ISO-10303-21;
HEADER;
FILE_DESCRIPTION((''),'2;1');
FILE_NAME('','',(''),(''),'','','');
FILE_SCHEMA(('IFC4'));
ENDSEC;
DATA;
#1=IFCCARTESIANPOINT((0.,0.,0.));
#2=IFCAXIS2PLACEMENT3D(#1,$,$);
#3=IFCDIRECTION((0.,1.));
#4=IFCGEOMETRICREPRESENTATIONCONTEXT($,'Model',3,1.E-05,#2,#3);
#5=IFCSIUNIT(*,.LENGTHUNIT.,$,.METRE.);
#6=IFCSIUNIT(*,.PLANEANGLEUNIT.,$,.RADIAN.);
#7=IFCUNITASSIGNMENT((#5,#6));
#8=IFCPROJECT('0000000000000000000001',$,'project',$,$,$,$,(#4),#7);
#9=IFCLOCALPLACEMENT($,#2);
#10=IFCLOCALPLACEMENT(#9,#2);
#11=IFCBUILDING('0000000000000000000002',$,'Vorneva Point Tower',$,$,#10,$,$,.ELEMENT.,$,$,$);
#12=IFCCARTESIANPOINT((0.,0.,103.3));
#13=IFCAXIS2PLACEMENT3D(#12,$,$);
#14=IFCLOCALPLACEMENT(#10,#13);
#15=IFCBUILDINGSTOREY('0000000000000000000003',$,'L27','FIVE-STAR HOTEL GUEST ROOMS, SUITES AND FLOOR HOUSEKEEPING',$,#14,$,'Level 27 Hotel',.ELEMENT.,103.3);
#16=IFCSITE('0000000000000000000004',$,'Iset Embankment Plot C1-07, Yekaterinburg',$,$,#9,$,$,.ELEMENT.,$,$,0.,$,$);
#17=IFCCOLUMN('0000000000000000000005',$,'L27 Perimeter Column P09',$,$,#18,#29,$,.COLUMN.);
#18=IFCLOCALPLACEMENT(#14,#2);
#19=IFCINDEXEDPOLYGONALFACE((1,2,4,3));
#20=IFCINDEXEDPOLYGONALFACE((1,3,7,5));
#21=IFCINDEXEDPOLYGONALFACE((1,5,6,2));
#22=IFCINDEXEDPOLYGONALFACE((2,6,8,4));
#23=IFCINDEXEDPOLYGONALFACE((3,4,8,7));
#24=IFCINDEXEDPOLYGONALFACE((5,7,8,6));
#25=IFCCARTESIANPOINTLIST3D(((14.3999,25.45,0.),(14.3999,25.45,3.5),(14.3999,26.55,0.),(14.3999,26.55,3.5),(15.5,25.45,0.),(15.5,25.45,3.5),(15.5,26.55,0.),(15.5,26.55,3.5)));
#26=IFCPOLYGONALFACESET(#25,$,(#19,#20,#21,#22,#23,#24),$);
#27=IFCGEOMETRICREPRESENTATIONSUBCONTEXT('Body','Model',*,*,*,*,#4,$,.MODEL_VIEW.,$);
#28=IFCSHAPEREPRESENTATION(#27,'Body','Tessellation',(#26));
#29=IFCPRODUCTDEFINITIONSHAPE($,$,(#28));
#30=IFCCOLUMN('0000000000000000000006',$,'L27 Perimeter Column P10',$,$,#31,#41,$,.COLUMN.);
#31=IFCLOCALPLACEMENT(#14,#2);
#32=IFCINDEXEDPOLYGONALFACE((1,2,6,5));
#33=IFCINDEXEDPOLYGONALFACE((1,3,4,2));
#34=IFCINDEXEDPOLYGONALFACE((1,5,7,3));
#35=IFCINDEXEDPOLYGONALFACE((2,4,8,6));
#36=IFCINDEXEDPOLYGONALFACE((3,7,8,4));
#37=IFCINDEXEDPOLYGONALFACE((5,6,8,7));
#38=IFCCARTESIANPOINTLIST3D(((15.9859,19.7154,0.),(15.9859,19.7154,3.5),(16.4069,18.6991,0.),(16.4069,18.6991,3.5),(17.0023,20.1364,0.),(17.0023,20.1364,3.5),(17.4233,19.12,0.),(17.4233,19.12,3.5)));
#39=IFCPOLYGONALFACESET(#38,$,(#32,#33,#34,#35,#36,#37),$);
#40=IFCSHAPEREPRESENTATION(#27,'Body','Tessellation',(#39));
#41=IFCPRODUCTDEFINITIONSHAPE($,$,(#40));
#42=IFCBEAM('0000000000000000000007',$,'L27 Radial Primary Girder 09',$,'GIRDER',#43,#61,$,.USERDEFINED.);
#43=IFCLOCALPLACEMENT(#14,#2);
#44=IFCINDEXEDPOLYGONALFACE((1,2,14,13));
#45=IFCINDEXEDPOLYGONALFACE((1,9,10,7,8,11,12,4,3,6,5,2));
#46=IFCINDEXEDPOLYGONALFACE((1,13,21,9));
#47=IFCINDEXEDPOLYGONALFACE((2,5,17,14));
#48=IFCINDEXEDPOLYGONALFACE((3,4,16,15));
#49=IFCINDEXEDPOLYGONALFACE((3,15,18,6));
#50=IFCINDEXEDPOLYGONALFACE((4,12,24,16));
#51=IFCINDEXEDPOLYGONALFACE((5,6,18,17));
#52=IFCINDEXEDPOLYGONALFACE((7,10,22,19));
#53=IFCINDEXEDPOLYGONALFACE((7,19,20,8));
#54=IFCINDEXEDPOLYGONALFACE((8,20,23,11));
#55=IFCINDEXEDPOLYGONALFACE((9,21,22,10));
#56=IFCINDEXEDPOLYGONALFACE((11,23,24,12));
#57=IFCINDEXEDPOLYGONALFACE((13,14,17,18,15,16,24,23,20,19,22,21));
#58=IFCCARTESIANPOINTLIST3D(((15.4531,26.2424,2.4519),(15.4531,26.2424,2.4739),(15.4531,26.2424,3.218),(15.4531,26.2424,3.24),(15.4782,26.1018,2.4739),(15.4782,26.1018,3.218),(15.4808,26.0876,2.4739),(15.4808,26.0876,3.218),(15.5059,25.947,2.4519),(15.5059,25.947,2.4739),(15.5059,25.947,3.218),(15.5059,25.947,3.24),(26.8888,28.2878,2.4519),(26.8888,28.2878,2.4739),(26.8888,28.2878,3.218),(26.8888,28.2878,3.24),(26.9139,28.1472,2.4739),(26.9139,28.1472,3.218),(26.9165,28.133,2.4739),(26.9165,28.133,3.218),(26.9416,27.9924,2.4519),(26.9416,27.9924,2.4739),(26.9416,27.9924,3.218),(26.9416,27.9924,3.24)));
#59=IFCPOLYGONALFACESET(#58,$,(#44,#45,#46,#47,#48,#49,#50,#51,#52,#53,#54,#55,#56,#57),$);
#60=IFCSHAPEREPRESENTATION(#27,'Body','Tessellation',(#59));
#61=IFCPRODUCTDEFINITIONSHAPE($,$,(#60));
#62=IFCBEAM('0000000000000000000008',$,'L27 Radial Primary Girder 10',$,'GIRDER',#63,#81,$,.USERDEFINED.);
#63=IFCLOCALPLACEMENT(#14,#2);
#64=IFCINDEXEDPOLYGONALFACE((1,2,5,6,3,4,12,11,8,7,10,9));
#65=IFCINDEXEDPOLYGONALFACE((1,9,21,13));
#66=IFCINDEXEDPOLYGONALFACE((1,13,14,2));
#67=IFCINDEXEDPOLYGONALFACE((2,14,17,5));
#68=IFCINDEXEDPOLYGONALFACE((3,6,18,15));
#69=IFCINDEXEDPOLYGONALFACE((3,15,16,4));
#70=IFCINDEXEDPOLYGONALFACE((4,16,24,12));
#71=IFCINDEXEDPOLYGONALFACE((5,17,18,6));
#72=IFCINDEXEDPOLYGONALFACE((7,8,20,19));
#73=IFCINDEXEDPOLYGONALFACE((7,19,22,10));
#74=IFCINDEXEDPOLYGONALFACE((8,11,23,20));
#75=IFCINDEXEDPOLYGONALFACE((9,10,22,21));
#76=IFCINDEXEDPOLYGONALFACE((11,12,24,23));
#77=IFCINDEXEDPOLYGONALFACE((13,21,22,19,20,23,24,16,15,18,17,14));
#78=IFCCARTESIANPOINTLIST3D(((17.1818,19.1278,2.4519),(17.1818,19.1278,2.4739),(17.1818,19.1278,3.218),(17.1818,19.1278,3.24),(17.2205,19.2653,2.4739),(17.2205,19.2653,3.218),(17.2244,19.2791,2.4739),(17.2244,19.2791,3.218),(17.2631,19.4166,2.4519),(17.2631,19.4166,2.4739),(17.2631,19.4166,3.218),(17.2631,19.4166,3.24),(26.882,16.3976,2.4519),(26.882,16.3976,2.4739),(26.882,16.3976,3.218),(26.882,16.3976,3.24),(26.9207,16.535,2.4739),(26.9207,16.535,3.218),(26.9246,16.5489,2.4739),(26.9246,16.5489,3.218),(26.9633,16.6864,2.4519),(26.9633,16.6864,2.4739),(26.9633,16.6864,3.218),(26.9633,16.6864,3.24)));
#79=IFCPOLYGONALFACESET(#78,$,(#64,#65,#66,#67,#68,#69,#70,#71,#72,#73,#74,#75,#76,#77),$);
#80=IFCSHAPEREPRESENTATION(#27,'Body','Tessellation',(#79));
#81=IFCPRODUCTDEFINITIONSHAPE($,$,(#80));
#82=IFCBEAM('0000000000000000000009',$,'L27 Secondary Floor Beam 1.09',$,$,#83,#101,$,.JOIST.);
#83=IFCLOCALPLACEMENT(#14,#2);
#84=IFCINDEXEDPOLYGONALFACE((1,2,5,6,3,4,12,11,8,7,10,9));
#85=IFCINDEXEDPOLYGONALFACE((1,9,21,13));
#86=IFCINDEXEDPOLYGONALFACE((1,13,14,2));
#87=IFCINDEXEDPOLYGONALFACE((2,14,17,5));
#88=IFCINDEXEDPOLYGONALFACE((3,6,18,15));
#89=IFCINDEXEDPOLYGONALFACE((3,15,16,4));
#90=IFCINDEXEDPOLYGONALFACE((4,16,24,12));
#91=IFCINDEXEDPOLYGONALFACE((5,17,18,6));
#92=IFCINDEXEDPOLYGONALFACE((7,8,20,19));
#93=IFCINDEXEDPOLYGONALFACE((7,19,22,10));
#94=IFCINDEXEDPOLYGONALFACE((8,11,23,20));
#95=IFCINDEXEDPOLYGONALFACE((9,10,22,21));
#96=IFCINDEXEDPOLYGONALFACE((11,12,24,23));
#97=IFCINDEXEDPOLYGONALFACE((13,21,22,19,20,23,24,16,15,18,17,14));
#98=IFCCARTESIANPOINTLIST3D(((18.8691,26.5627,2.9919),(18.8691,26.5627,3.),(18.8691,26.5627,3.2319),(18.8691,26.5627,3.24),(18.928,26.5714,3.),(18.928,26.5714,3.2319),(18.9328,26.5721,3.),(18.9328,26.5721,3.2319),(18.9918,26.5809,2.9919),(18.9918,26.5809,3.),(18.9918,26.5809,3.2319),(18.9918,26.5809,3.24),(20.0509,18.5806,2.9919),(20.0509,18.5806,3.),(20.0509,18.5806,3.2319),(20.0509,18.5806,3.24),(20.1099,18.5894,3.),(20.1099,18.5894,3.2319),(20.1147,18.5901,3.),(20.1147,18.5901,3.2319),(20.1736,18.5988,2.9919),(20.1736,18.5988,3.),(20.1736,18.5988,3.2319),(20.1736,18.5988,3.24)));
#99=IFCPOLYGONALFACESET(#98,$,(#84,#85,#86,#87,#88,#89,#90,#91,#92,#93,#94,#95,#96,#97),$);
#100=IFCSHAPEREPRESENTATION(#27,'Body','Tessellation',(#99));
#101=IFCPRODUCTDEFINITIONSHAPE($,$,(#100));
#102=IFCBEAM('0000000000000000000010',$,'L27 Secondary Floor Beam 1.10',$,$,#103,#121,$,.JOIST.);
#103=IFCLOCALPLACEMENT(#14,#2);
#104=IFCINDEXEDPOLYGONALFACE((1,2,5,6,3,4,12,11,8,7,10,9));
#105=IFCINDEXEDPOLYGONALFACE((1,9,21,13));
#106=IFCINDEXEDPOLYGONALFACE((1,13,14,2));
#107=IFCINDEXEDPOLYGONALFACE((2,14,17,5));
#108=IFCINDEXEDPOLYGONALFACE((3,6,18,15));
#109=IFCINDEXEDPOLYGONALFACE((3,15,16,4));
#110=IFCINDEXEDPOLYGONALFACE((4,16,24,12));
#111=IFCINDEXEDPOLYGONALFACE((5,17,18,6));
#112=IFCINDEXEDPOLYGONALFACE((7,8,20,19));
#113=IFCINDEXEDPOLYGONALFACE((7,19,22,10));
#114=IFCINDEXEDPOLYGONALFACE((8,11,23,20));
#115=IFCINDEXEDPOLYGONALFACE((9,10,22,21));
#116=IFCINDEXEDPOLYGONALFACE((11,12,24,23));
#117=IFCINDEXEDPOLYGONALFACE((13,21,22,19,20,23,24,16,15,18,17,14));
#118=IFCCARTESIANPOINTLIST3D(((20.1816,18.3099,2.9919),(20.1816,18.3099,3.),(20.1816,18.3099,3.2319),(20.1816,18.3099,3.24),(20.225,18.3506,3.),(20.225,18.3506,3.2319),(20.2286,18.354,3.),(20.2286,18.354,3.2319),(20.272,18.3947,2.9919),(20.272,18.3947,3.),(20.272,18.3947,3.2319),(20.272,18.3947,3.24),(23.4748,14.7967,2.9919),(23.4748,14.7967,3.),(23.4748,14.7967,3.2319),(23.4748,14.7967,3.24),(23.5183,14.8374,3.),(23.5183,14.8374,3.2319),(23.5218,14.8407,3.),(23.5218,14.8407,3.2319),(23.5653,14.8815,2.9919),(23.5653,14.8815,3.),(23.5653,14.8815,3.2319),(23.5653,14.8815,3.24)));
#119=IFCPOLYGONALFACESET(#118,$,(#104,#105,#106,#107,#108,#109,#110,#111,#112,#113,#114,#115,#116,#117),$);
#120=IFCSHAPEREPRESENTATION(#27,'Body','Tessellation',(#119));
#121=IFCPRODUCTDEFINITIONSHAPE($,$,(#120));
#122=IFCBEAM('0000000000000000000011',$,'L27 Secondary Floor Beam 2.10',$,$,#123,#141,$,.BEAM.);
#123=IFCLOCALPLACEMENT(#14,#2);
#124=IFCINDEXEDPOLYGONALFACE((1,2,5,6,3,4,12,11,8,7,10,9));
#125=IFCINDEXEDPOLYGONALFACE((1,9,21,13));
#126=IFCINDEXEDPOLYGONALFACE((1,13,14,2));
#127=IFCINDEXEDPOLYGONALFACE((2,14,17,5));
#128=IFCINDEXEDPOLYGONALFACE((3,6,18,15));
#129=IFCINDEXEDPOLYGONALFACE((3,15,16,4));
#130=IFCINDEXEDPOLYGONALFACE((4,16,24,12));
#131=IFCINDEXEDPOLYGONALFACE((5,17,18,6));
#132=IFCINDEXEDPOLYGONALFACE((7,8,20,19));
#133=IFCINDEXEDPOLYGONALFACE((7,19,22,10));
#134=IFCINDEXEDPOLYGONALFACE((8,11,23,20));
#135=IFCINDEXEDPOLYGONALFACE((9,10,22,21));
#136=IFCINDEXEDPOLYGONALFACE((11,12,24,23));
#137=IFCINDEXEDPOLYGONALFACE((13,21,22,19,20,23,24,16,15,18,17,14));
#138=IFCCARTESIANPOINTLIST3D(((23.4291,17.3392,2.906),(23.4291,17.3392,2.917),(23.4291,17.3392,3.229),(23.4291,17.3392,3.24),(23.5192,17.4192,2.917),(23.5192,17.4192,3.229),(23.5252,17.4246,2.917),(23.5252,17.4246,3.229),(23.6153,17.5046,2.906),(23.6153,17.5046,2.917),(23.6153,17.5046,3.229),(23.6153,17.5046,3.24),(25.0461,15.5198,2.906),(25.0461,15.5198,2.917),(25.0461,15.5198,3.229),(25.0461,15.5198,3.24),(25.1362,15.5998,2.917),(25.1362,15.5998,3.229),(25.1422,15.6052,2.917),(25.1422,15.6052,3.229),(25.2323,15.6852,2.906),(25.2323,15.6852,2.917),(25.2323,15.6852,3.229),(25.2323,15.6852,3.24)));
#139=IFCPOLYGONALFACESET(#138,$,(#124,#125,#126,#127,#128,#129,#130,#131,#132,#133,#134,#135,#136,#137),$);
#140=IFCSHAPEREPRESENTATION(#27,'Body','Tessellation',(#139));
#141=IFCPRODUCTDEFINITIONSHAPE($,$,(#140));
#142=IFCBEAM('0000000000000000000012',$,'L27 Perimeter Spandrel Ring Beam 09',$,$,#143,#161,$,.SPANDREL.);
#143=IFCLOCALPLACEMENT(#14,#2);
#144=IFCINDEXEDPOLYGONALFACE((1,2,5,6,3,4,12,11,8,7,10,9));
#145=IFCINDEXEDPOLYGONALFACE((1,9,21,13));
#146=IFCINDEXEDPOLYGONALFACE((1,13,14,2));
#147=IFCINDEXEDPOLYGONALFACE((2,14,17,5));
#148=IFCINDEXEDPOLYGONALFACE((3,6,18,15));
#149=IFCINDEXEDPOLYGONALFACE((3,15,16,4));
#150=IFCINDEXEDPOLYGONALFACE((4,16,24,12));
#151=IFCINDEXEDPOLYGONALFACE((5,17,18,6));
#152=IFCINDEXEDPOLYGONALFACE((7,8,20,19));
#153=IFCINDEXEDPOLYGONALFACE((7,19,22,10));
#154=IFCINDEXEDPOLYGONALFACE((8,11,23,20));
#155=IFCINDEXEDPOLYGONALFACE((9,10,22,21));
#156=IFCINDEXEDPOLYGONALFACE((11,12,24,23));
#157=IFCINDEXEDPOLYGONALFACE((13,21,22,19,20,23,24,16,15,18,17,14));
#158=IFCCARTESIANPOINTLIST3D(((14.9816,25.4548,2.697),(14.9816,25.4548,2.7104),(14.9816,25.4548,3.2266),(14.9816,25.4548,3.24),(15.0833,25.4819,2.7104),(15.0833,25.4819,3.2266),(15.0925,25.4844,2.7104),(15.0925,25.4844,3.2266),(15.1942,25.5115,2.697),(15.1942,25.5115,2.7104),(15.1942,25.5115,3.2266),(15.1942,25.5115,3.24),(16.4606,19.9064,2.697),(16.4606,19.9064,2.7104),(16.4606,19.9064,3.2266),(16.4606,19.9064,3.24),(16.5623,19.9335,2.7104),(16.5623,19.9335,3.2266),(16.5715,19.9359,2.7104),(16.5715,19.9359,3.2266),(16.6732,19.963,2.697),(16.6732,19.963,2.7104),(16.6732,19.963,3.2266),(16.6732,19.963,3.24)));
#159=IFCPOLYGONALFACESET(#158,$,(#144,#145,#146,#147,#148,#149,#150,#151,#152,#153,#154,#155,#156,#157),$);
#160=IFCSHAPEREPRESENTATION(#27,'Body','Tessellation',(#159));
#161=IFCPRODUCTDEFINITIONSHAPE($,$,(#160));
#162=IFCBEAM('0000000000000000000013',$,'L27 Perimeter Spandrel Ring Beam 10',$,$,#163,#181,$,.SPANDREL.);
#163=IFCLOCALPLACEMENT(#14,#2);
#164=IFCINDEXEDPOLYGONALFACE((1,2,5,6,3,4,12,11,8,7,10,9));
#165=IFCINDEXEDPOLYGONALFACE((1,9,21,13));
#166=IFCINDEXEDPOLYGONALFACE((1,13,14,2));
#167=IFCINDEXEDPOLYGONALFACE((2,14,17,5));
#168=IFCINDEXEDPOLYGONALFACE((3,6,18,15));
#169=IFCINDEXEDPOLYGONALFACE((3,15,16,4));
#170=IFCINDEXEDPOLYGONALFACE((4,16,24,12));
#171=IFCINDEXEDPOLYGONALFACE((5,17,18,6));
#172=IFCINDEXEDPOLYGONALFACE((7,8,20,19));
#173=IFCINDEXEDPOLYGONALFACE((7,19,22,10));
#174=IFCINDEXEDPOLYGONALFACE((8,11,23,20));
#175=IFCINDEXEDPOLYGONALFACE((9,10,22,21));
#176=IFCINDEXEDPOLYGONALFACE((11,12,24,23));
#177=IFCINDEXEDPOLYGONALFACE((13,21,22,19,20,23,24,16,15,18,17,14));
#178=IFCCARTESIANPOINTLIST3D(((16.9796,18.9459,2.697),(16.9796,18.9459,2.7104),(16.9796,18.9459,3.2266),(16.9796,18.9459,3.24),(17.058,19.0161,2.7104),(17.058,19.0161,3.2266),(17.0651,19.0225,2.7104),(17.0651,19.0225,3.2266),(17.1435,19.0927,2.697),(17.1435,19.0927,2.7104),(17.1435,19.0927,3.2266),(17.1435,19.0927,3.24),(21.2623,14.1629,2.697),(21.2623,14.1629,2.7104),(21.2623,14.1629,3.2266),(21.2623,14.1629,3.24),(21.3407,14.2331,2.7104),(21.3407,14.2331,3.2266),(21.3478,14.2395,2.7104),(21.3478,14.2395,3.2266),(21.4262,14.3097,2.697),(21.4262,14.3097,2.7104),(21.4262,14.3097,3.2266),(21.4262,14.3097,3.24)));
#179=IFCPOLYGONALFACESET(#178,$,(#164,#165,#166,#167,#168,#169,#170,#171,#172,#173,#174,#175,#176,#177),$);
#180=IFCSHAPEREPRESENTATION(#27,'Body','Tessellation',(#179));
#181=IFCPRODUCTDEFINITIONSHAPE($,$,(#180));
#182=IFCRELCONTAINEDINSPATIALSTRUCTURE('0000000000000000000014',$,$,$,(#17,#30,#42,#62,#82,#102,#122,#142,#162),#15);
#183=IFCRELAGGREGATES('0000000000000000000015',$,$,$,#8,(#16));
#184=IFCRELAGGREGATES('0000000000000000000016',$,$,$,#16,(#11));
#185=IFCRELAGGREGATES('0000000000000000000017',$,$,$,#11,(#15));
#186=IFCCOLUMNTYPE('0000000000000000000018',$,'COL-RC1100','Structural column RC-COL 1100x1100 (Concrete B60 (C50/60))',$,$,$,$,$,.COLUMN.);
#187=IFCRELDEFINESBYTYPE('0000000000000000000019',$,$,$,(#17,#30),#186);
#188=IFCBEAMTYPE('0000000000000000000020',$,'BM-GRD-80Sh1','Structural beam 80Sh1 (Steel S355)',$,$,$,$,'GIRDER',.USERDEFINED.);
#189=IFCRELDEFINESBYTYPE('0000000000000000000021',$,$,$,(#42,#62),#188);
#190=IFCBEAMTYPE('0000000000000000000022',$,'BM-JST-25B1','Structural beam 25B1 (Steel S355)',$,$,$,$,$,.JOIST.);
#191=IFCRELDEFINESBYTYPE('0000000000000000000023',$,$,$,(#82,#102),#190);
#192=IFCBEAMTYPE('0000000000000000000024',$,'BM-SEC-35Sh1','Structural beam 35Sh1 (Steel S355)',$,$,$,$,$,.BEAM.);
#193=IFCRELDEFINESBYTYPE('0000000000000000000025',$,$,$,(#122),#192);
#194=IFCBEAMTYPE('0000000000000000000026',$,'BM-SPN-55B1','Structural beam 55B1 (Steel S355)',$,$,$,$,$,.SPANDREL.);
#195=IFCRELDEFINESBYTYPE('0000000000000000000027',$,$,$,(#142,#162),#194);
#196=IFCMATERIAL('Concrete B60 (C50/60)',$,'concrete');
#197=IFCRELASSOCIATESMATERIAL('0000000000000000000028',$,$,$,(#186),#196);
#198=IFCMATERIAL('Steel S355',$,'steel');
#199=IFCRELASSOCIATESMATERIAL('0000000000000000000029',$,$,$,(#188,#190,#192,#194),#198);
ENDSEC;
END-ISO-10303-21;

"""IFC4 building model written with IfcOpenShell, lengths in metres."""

from ifc_helpers import new_model, si_unit, direction, frame, origin, origin_2d, place, context, subcontext, project, spatial, rectangle, i_section, extrude, material, material_profile, profile_set, type_object, element, save


model = new_model("IFC4")

# Units and contexts
model_context = context("Model", 3, precision=1e-05, world=origin(), true_north=direction((0.0, 1.0)))
body_context = subcontext(model_context, "Body", "Model", "MODEL_VIEW")
ifc_project = project(units=[si_unit("LENGTHUNIT", "METRE"), si_unit("PLANEANGLEUNIT", "RADIAN")], contexts=[model_context])

# Site, building, storey
site_placement = place(None, origin())
site = spatial("IfcSite", under=ifc_project, at=site_placement, Name="Iset Embankment Plot C1-07, Yekaterinburg", CompositionType="ELEMENT", RefElevation=0.0)
building_placement = place(site_placement, origin())
building = spatial("IfcBuilding", under=site, at=building_placement, Name="Vorneva Point Tower", CompositionType="ELEMENT")
storey_placement = place(building_placement, frame((0.0, 0.0, 103.3)))
storey = spatial("IfcBuildingStorey", under=building, at=storey_placement, Name="L27", Description="FIVE-STAR HOTEL GUEST ROOMS, SUITES AND FLOOR HOUSEKEEPING", LongName="Level 27 Hotel", CompositionType="ELEMENT", Elevation=103.3)

# Columns
ifc_material_1 = material(Name="Concrete B60 (C50/60)", Category="concrete")
ifc_material_profile_1 = material_profile(ifc_material_1, rectangle(XDim=1.1001, YDim=1.1001, at=origin_2d()), Name="RC-COL 1100x1100")
ifc_profile_set_1 = profile_set([ifc_material_profile_1], Name="Concrete B60 (C50/60)")
column_type = type_object("IfcColumnType", Name="COL-RC1100", Description="Structural column RC-COL 1100x1100 (Concrete B60 (C50/60))", PredefinedType="COLUMN", material=ifc_profile_set_1)
for number, where, z_axis, x_axis, name in (
    (1, (14.95, 26.0, 0.0), (0.0, 0.0, 1.0), (-1.0, 0.0, 0.0), "L27 Perimeter Column P09"),
    (2, (16.7046, 19.4177, 0.0), (0.0, 0.0, 1.0), (-0.92388, -0.382683, 0.0), "L27 Perimeter Column P10"),
):
    element("IfcColumn", number, at=place(storey_placement, frame(where, z_axis=z_axis, x_axis=x_axis)), inside=storey, type_object=column_type, Name=name, PredefinedType="COLUMN", context=body_context, shape_type="SweptSolid", body=[
        extrude(rectangle(XDim=1.1001, YDim=1.1001, at=origin_2d()), origin(), (0.0, 0.0, 1.0), 3.5),
    ])

# Beams
ifc_material_2 = material(Name="Steel S355", Category="steel")
ifc_material_profile_2 = material_profile(ifc_material_2, i_section(OverallWidth=0.3, OverallDepth=0.7881, WebThickness=0.0144, FlangeThickness=0.022, at=origin_2d()), Name="80Sh1")
ifc_profile_set_2 = profile_set([ifc_material_profile_2], Name="Steel S355")
beam_type_1 = type_object("IfcBeamType", Name="BM-GRD-80Sh1", Description="Structural beam 80Sh1 (Steel S355)", ElementType="GIRDER", PredefinedType="USERDEFINED", material=ifc_profile_set_2)
beam_1_placement = place(storey_placement, frame((15.4795, 26.0947, 2.8459), z_axis=(0.984378, 0.176066, 0.0), x_axis=(-0.176066, 0.984378, 0.0)))
element("IfcBeam", 3, at=beam_1_placement, inside=storey, type_object=beam_type_1, Name="L27 Radial Primary Girder 09", ObjectType="GIRDER", PredefinedType="USERDEFINED", context=body_context, shape_type="SweptSolid", body=[
    extrude(i_section(OverallWidth=0.3, OverallDepth=0.7881, WebThickness=0.0144, FlangeThickness=0.022, at=origin_2d()), origin(), (0.0, 0.0, 1.0), 11.6172),
])
beam_2_placement = place(storey_placement, frame((17.2224, 19.2722, 2.8459), z_axis=(0.962598, -0.270934, 0.0), x_axis=(0.270934, 0.962598, 0.0)))
element("IfcBeam", 4, at=beam_2_placement, inside=storey, type_object=beam_type_1, Name="L27 Radial Primary Girder 10", ObjectType="GIRDER", PredefinedType="USERDEFINED", context=body_context, shape_type="SweptSolid", body=[
    extrude(i_section(OverallWidth=0.3, OverallDepth=0.7881, WebThickness=0.0144, FlangeThickness=0.022, at=origin_2d()), origin(), (0.0, 0.0, 1.0), 10.0771),
])
ifc_material_profile_3 = material_profile(ifc_material_2, i_section(OverallWidth=0.124, OverallDepth=0.248, WebThickness=0.0049, FlangeThickness=0.0081, at=origin_2d()), Name="25B1")
ifc_profile_set_3 = profile_set([ifc_material_profile_3], Name="Steel S355")
beam_type_2 = type_object("IfcBeamType", Name="BM-JST-25B1", Description="Structural beam 25B1 (Steel S355)", PredefinedType="JOIST", material=ifc_profile_set_3)
beam_3_placement = place(storey_placement, frame((18.9304, 26.5718, 3.116), z_axis=(0.146469, -0.989215, 0.0), x_axis=(0.989215, 0.146469, 0.0)))
element("IfcBeam", 5, at=beam_3_placement, inside=storey, type_object=beam_type_2, Name="L27 Secondary Floor Beam 1.09", PredefinedType="JOIST", context=body_context, shape_type="SweptSolid", body=[
    extrude(i_section(OverallWidth=0.124, OverallDepth=0.248, WebThickness=0.0049, FlangeThickness=0.0081, at=origin_2d()), origin(), (0.0, 0.0, 1.0), 8.0691),
])
beam_4_placement = place(storey_placement, frame((20.2268, 18.3523, 3.116), z_axis=(0.683897, -0.729578, 0.0), x_axis=(0.729578, 0.683897, 0.0)))
element("IfcBeam", 6, at=beam_4_placement, inside=storey, type_object=beam_type_2, Name="L27 Secondary Floor Beam 1.10", PredefinedType="JOIST", context=body_context, shape_type="SweptSolid", body=[
    extrude(i_section(OverallWidth=0.124, OverallDepth=0.248, WebThickness=0.0049, FlangeThickness=0.0081, at=origin_2d()), origin(), (0.0, 0.0, 1.0), 4.8154),
])
ifc_material_profile_4 = material_profile(ifc_material_2, i_section(OverallWidth=0.249, OverallDepth=0.334, WebThickness=0.0081, FlangeThickness=0.011, at=origin_2d()), Name="35Sh1")
ifc_profile_set_4 = profile_set([ifc_material_profile_4], Name="Steel S355")
beam_type_3 = type_object("IfcBeamType", Name="BM-SEC-35Sh1", Description="Structural beam 35Sh1 (Steel S355)", PredefinedType="BEAM", material=ifc_profile_set_4)
beam_5_placement = place(storey_placement, frame((23.5222, 17.4219, 3.073), z_axis=(0.664308, -0.747459, 0.0), x_axis=(0.747459, 0.664308, 0.0)))
element("IfcBeam", 7, at=beam_5_placement, inside=storey, type_object=beam_type_3, Name="L27 Secondary Floor Beam 2.10", PredefinedType="BEAM", context=body_context, shape_type="SweptSolid", body=[
    extrude(i_section(OverallWidth=0.249, OverallDepth=0.334, WebThickness=0.0081, FlangeThickness=0.011, at=origin_2d()), origin(), (0.0, 0.0, 1.0), 2.4341),
])
ifc_material_profile_5 = material_profile(ifc_material_2, i_section(OverallWidth=0.22, OverallDepth=0.543, WebThickness=0.0095, FlangeThickness=0.0134, at=origin_2d()), Name="55B1")
ifc_profile_set_5 = profile_set([ifc_material_profile_5], Name="Steel S355")
beam_type_4 = type_object("IfcBeamType", Name="BM-SPN-55B1", Description="Structural beam 55B1 (Steel S355)", PredefinedType="SPANDREL", material=ifc_profile_set_5)
beam_6_placement = place(storey_placement, frame((15.0879, 25.4832, 2.9685), z_axis=(0.257573, -0.966259, 0.0), x_axis=(0.966259, 0.257573, 0.0)))
element("IfcBeam", 8, at=beam_6_placement, inside=storey, type_object=beam_type_4, Name="L27 Perimeter Spandrel Ring Beam 09", PredefinedType="SPANDREL", context=body_context, shape_type="SweptSolid", body=[
    extrude(i_section(OverallWidth=0.22, OverallDepth=0.543, WebThickness=0.0095, FlangeThickness=0.0134, at=origin_2d()), origin(), (0.0, 0.0, 1.0), 5.7422),
])
beam_7_placement = place(storey_placement, frame((17.0615, 19.0193, 2.9685), z_axis=(0.667074, -0.744992, 0.0), x_axis=(0.744992, 0.667074, 0.0)))
element("IfcBeam", 9, at=beam_7_placement, inside=storey, type_object=beam_type_4, Name="L27 Perimeter Spandrel Ring Beam 10", PredefinedType="SPANDREL", context=body_context, shape_type="SweptSolid", body=[
    extrude(i_section(OverallWidth=0.22, OverallDepth=0.543, WebThickness=0.0095, FlangeThickness=0.0134, at=origin_2d()), origin(), (0.0, 0.0, 1.0), 6.4202),
])

save(model, "model.ifc")
